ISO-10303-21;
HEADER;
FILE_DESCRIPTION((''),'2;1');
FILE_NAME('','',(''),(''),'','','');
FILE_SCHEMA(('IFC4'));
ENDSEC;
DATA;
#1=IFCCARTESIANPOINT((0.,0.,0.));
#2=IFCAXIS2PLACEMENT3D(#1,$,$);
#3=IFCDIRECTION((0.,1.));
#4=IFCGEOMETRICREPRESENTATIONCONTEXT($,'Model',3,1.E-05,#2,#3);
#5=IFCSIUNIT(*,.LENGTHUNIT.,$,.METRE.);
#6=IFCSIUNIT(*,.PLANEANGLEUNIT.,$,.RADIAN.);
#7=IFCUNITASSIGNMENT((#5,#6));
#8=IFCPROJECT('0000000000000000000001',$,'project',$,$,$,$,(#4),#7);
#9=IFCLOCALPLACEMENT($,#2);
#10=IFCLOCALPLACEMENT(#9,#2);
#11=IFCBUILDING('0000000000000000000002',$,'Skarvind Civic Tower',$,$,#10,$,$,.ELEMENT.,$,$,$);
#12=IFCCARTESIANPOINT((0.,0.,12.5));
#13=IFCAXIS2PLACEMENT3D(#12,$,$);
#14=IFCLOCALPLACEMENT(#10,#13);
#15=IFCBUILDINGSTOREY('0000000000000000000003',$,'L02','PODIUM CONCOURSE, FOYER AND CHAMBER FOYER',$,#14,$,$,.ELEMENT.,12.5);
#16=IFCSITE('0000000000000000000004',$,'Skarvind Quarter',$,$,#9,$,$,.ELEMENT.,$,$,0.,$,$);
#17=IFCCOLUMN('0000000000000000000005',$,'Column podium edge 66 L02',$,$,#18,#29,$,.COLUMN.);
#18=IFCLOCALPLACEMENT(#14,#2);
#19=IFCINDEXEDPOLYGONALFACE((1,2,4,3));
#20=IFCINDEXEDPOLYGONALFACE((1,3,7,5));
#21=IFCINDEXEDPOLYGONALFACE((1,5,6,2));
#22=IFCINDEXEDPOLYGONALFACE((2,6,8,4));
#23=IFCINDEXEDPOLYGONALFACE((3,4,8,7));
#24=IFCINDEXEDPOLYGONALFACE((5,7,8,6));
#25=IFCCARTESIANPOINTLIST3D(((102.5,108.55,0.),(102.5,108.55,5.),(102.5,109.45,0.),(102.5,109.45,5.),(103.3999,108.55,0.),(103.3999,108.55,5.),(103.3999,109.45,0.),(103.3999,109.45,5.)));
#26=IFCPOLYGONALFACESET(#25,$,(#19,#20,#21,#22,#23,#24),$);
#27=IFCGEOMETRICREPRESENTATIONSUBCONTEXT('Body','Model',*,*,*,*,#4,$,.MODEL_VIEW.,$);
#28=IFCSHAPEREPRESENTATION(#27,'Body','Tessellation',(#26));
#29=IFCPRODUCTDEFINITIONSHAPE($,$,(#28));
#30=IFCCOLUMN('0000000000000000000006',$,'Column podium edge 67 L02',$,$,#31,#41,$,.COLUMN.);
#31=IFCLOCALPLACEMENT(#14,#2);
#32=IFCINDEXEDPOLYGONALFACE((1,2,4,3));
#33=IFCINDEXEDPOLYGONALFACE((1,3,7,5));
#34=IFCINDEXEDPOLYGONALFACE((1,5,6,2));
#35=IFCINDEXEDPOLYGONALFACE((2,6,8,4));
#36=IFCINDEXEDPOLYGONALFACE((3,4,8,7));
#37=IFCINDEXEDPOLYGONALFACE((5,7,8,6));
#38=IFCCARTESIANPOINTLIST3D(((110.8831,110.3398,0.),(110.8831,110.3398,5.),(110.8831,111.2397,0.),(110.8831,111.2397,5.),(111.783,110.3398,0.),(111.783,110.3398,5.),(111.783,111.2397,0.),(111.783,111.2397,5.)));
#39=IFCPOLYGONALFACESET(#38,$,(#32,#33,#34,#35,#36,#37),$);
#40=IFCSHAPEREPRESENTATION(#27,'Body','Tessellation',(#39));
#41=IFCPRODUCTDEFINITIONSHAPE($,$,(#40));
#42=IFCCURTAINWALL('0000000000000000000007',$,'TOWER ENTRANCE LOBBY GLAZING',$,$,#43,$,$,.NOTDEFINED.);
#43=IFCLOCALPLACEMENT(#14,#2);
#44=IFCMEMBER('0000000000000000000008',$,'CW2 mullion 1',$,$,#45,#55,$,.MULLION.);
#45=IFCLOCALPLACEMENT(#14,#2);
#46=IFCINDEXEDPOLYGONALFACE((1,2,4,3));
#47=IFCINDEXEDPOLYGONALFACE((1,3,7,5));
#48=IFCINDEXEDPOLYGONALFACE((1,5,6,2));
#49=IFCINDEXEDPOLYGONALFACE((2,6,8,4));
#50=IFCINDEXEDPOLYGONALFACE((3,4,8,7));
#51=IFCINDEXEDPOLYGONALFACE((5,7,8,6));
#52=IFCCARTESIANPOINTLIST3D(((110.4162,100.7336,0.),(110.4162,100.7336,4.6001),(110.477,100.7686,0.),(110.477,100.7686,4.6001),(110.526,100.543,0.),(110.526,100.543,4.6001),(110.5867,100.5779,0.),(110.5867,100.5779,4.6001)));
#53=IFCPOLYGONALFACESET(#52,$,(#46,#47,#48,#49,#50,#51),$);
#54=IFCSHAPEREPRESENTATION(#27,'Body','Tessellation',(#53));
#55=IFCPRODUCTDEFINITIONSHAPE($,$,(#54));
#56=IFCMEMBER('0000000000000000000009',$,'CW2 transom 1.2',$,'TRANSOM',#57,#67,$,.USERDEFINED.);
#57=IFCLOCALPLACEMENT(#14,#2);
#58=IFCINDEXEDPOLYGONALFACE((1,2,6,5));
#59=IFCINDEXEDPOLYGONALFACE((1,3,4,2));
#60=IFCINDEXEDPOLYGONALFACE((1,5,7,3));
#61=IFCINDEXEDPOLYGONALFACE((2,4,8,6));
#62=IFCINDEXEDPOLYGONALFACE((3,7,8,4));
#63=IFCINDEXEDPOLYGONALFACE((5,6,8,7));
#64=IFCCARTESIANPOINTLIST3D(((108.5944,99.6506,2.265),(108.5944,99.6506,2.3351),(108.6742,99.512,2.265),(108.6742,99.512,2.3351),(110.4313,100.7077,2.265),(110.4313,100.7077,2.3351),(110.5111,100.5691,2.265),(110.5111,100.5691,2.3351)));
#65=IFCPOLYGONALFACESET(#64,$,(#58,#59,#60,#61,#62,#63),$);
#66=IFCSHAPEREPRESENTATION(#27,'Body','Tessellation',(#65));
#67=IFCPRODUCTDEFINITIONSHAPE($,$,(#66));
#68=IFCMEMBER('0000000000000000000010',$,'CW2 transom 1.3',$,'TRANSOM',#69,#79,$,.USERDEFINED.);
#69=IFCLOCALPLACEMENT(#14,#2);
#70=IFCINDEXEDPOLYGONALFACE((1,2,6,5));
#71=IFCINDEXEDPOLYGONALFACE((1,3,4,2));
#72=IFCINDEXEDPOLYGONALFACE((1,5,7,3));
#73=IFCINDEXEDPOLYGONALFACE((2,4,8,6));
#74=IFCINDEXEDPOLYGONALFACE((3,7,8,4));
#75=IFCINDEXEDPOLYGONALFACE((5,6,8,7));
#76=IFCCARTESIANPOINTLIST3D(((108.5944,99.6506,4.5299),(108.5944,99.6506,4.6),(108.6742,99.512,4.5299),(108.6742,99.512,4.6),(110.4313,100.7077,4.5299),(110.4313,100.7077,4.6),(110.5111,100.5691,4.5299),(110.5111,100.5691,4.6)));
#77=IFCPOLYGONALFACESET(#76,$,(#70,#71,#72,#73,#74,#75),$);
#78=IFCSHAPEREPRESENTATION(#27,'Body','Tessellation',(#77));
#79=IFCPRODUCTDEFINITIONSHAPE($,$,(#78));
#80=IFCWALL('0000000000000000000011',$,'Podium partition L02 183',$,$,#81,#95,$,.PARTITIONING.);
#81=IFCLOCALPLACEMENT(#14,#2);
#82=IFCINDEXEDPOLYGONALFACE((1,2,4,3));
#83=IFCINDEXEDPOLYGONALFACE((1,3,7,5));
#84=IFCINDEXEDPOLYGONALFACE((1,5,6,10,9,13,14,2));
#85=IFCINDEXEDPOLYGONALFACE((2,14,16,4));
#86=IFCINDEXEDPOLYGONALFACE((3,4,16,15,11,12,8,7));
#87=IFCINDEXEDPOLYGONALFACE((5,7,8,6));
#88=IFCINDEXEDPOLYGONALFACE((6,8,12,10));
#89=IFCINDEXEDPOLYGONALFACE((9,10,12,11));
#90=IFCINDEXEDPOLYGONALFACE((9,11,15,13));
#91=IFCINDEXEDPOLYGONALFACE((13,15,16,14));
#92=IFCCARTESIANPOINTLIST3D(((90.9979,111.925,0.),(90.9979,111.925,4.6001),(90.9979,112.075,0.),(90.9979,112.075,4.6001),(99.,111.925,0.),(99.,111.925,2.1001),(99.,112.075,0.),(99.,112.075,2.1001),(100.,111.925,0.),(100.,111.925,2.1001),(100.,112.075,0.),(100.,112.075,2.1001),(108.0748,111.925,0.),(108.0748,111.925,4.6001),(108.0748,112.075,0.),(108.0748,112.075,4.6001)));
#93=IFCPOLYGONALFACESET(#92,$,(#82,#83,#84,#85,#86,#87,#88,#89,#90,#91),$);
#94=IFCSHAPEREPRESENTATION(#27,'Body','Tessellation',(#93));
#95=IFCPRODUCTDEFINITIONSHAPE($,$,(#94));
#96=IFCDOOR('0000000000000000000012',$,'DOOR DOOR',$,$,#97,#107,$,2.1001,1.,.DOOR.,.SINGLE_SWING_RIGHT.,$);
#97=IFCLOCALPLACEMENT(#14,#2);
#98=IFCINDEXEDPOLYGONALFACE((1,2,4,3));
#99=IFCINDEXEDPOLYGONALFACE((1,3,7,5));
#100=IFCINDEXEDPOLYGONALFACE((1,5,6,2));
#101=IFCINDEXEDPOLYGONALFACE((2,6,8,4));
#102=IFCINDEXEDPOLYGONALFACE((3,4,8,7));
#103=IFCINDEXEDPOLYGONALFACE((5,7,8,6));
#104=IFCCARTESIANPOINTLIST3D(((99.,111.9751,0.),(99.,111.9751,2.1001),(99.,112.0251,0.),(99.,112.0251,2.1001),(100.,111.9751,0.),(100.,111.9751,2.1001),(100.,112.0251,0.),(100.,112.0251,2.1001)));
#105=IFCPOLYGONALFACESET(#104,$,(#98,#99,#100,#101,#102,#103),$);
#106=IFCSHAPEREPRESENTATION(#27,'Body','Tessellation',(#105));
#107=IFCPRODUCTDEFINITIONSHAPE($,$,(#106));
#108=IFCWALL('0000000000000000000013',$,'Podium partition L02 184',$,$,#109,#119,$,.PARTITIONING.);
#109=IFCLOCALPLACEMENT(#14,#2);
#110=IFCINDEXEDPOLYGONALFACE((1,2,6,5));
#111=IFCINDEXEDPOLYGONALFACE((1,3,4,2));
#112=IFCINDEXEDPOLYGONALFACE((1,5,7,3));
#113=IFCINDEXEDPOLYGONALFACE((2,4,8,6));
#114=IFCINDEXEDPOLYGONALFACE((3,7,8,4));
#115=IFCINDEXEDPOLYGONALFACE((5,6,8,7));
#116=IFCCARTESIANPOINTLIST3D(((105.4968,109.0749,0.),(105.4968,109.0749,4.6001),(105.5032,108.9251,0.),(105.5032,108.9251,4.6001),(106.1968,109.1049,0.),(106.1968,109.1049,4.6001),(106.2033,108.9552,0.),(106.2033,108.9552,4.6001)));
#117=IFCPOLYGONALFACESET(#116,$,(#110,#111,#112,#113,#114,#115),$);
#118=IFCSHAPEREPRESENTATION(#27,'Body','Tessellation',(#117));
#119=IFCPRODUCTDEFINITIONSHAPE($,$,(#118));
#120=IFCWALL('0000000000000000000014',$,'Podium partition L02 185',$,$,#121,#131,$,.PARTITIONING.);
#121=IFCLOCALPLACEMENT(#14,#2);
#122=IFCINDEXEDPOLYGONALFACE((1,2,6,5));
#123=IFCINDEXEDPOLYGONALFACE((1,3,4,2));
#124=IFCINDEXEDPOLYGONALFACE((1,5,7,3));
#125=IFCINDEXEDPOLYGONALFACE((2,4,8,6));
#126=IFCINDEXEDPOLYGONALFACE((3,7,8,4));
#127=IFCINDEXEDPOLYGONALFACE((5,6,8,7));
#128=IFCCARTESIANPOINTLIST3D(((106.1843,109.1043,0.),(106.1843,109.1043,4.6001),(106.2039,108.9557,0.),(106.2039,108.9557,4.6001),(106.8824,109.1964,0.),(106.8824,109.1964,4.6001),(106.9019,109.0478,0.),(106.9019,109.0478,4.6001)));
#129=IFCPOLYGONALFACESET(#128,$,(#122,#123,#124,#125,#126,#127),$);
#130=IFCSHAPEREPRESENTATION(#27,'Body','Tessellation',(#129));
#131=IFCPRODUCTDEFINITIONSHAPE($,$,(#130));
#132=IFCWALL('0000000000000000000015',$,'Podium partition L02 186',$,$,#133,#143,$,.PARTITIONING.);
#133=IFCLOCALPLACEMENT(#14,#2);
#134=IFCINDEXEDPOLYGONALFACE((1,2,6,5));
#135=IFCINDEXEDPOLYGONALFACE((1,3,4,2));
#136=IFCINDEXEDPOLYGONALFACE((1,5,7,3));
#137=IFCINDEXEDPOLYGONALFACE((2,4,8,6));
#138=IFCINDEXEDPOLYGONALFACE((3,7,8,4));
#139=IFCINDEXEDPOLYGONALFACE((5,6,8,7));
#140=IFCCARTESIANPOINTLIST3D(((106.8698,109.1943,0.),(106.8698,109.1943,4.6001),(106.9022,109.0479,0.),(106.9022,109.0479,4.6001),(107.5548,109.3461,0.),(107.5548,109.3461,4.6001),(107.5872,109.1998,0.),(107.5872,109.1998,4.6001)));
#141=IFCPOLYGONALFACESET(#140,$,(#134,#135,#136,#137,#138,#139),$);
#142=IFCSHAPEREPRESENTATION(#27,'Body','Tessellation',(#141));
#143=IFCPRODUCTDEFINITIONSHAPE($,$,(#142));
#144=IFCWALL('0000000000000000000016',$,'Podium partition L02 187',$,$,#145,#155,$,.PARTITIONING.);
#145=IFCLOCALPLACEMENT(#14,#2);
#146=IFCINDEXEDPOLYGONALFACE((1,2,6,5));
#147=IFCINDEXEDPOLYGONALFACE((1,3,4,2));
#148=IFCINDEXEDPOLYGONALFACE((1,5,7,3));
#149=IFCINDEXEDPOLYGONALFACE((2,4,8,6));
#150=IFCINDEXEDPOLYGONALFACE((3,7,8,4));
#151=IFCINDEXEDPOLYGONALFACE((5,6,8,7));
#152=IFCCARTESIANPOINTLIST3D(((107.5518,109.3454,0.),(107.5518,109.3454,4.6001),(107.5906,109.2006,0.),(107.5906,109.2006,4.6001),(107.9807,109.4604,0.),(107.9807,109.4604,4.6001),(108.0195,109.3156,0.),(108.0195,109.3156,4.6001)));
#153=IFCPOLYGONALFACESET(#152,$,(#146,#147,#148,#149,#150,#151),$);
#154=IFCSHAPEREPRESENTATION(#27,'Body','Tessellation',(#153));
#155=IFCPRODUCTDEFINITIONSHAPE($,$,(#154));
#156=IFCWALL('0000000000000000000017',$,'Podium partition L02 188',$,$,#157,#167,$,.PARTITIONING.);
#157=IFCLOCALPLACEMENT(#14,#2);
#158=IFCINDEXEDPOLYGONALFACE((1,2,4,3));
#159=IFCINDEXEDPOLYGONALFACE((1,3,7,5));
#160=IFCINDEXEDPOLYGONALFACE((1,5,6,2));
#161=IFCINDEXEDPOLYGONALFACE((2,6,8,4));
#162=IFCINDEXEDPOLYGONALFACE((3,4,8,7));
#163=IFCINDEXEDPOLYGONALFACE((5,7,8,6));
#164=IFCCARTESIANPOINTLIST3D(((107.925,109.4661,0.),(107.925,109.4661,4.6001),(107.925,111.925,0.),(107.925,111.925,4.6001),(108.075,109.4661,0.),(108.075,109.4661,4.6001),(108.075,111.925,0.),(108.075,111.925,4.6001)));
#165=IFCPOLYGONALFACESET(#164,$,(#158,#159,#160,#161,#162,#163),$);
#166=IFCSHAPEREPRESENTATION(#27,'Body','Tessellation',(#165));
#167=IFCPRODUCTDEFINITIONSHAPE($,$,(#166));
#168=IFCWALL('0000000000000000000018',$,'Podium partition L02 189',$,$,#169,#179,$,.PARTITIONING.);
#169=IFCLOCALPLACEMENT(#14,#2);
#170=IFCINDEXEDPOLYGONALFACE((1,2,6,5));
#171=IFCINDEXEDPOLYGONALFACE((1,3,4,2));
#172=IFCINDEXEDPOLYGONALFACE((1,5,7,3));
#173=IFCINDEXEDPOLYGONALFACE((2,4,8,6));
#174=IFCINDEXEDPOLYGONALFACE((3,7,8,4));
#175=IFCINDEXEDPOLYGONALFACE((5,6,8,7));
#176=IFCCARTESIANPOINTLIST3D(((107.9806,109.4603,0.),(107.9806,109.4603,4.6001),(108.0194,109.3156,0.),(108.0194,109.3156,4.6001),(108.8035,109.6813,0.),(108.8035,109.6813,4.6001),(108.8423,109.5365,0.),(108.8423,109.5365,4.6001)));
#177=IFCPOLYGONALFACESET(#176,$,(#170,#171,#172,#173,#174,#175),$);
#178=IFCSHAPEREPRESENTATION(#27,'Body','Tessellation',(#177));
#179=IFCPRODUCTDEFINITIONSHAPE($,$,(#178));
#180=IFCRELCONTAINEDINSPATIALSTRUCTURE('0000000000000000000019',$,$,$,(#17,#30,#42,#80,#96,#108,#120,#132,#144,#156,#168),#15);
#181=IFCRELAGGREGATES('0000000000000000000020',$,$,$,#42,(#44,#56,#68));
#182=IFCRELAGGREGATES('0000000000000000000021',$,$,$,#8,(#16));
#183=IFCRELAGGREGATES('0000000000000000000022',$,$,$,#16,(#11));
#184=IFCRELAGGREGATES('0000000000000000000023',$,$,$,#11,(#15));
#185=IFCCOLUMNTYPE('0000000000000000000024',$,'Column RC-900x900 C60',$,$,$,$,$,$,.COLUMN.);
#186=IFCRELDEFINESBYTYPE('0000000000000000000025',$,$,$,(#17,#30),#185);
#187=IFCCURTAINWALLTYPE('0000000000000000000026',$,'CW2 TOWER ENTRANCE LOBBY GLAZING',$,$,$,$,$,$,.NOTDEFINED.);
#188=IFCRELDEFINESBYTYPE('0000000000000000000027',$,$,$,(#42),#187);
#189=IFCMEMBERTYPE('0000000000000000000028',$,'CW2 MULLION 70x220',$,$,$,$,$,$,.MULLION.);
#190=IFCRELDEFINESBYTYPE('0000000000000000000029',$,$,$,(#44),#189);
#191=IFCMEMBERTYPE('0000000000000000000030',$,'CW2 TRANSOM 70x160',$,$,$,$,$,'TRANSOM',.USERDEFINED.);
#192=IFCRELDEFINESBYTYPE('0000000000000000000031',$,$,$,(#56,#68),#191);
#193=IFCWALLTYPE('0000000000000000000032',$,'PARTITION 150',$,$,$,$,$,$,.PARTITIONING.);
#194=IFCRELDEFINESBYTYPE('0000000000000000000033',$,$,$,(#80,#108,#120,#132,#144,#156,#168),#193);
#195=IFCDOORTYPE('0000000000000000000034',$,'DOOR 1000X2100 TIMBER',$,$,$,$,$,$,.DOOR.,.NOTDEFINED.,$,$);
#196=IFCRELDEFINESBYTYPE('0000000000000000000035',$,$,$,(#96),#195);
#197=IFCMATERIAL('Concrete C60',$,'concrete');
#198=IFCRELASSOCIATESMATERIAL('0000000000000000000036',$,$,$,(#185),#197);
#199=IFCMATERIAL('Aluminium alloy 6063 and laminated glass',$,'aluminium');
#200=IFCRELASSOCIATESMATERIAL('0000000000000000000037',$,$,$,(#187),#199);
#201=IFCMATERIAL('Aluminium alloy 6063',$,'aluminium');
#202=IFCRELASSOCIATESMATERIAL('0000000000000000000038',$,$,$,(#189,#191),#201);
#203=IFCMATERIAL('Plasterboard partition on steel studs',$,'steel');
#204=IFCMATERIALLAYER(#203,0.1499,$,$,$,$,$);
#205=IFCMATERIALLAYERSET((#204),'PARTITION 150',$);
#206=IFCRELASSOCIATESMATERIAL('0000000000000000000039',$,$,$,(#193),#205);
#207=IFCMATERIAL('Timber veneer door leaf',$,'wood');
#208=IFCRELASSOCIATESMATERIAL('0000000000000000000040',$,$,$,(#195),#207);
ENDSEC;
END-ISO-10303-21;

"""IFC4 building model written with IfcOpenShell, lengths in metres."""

from ifc_helpers import new_model, si_unit, direction, frame, frame_2d, origin, origin_2d, place, context, subcontext, project, spatial, rectangle, extrude, material, layer, layer_set, material_profile, profile_set, type_object, element, fill, aggregate, save


model = new_model("IFC4")

# Units and contexts
model_context = context("Model", 3, precision=1e-05, world=origin(), true_north=direction((0.0, 1.0)))
body_context = subcontext(model_context, "Body", "Model", "MODEL_VIEW")
ifc_project = project(units=[si_unit("LENGTHUNIT", "METRE"), si_unit("PLANEANGLEUNIT", "RADIAN")], contexts=[model_context])

# Site, building, storey
site_placement = place(None, origin())
site = spatial("IfcSite", under=ifc_project, at=site_placement, Name="Skarvind Quarter", CompositionType="ELEMENT", RefElevation=0.0)
building_placement = place(site_placement, origin())
building = spatial("IfcBuilding", under=site, at=building_placement, Name="Skarvind Civic Tower", CompositionType="ELEMENT")
storey_placement = place(building_placement, frame((0.0, 0.0, 12.5)))
storey = spatial("IfcBuildingStorey", under=building, at=storey_placement, Name="L02", Description="PODIUM CONCOURSE, FOYER AND CHAMBER FOYER", CompositionType="ELEMENT", Elevation=12.5)

# Columns
ifc_material_1 = material(Name="Concrete C60", Category="concrete")
ifc_material_profile_1 = material_profile(ifc_material_1, rectangle(XDim=0.8999, YDim=0.8999, at=origin_2d()), Name="RC-900x900")
ifc_profile_set_1 = profile_set([ifc_material_profile_1], Name="Concrete C60")
column_type = type_object("IfcColumnType", Name="Column RC-900x900 C60", PredefinedType="COLUMN", material=ifc_profile_set_1)
for number, where, z_axis, x_axis, name in (
    (1, (102.95, 109.0, 0.0), (0.0, 0.0, 1.0), (1.0, 0.0, 0.0), "Column podium edge 66 L02"),
    (2, (111.333, 110.7898, 0.0), (0.0, 0.0, 1.0), (1.0, 0.0, 0.0), "Column podium edge 67 L02"),
):
    element("IfcColumn", number, at=place(storey_placement, frame(where, z_axis=z_axis, x_axis=x_axis)), inside=storey, type_object=column_type, Name=name, PredefinedType="COLUMN", context=body_context, shape_type="SweptSolid", body=[
        extrude(rectangle(XDim=0.8999, YDim=0.8999, at=origin_2d()), origin(), (0.0, 0.0, 1.0), 5.0),
    ])

# Curtain wall, members
ifc_material_2 = material(Name="Aluminium alloy 6063 and laminated glass", Category="aluminium")
curtain_wall_type = type_object("IfcCurtainWallType", Name="CW2 TOWER ENTRANCE LOBBY GLAZING", PredefinedType="NOTDEFINED", material=ifc_material_2)
curtain_wall_placement = place(storey_placement, origin())
curtain_wall = element("IfcCurtainWall", 3, at=curtain_wall_placement, inside=storey, type_object=curtain_wall_type, Name="TOWER ENTRANCE LOBBY GLAZING", PredefinedType="NOTDEFINED")
ifc_material_3 = material(Name="Aluminium alloy 6063", Category="aluminium")
ifc_material_profile_2 = material_profile(ifc_material_3, rectangle(XDim=0.22, YDim=0.0701, at=origin_2d()), Name="AL 70x220")
ifc_profile_set_2 = profile_set([ifc_material_profile_2], Name="Aluminium alloy 6063")
member_type_1 = type_object("IfcMemberType", Name="CW2 MULLION 70x220", PredefinedType="MULLION", material=ifc_profile_set_2)
member_1_placement = place(storey_placement, frame((110.5015, 100.6558, 0.0), z_axis=(0.0, 0.0, 1.0), x_axis=(0.498825, -0.866702, 0.0)))
member_1 = element("IfcMember", 4, at=member_1_placement, type_object=member_type_1, Name="CW2 mullion 1", PredefinedType="MULLION", context=body_context, shape_type="SweptSolid", body=[
    extrude(rectangle(XDim=0.22, YDim=0.0701, at=origin_2d()), origin(), (0.0, 0.0, 1.0), 4.6001),
])
ifc_material_profile_3 = material_profile(ifc_material_3, rectangle(XDim=0.1599, YDim=0.0701, at=origin_2d()), Name="AL 70x160")
ifc_profile_set_3 = profile_set([ifc_material_profile_3], Name="Aluminium alloy 6063")
member_type_2 = type_object("IfcMemberType", Name="CW2 TRANSOM 70x160", ElementType="TRANSOM", PredefinedType="USERDEFINED", material=ifc_profile_set_3)
member_2_placement = place(storey_placement, frame((110.4712, 100.6384, 2.3), z_axis=(-0.866722, -0.498791, 0.0), x_axis=(0.498791, -0.866722, 0.0)))
member_2 = element("IfcMember", 5, at=member_2_placement, type_object=member_type_2, Name="CW2 transom 1.2", ObjectType="TRANSOM", PredefinedType="USERDEFINED", context=body_context, shape_type="SweptSolid", body=[
    extrude(rectangle(XDim=0.1599, YDim=0.0701, at=origin_2d()), origin(), (0.0, 0.0, 1.0), 2.1194),
])
member_3_placement = place(storey_placement, frame((110.4712, 100.6384, 4.5649), z_axis=(-0.866722, -0.498791, 0.0), x_axis=(0.498791, -0.866722, 0.0)))
member_3 = element("IfcMember", 6, at=member_3_placement, type_object=member_type_2, Name="CW2 transom 1.3", ObjectType="TRANSOM", PredefinedType="USERDEFINED", context=body_context, shape_type="SweptSolid", body=[
    extrude(rectangle(XDim=0.1599, YDim=0.0701, at=origin_2d()), origin(), (0.0, 0.0, 1.0), 2.1194),
])
aggregate(curtain_wall, [member_1, member_2, member_3])

# Wall, opening, door
ifc_material_4 = material(Name="Plasterboard partition on steel studs", Category="steel")
ifc_layer = layer(ifc_material_4, 0.1499)
ifc_layer_set = layer_set([ifc_layer], Name="PARTITION 150")
wall_type = type_object("IfcWallType", Name="PARTITION 150", PredefinedType="PARTITIONING", material=ifc_layer_set)
wall_1_placement = place(storey_placement, frame((108.075, 112.0, 0.0), z_axis=(0.0, 0.0, 1.0), x_axis=(-1.0, 0.0, 0.0)))
wall_1 = element("IfcWall", 7, at=wall_1_placement, inside=storey, type_object=wall_type, Name="Podium partition L02 183", PredefinedType="PARTITIONING", context=body_context, shape_type="SweptSolid", body=[
    extrude(rectangle(XDim=17.0769, YDim=0.1499, at=frame_2d((8.5386, 0.0))), origin(), (0.0, 0.0, 1.0), 4.6001),
])
opening_placement = place(wall_1_placement, frame((8.075, 0.0, 0.0)))
opening = element("IfcOpeningElement", 8, at=opening_placement, cuts=wall_1, PredefinedType="OPENING", context=body_context, shape_type="SweptSolid", body=[
    extrude(rectangle(XDim=1.0, YDim=2.1001, at=frame_2d((0.5, 1.05))), frame((0.0, 0.085, 0.0), z_axis=(0.0, -1.0, 0.0), x_axis=(1.0, 0.0, 0.0)), (0.0, 0.0, 1.0), 0.1699),
])
ifc_material_5 = material(Name="Timber veneer door leaf", Category="wood")
door_type = type_object("IfcDoorType", Name="DOOR 1000X2100 TIMBER", OperationType="NOTDEFINED", PredefinedType="DOOR", material=ifc_material_5)
door_placement = place(opening_placement, origin())
door = element("IfcDoor", 9, at=door_placement, inside=storey, type_object=door_type, Name="DOOR DOOR", OperationType="SINGLE_SWING_RIGHT", OverallHeight=2.1001, OverallWidth=1.0, PredefinedType="DOOR", context=body_context, shape_type="SweptSolid", body=[
    extrude(rectangle(XDim=1.0, YDim=2.1001, at=frame_2d((0.5, 1.05))), frame((0.0, 0.0249, 0.0), z_axis=(0.0, -1.0, 0.0), x_axis=(1.0, 0.0, 0.0)), (0.0, 0.0, 1.0), 0.05),
])
fill(opening, door)

# Walls
wall_2_placement = place(storey_placement, frame((105.5, 109.0, 0.0), z_axis=(0.0, 0.0, 1.0), x_axis=(0.999081, 0.042863, 0.0)))
element("IfcWall", 10, at=wall_2_placement, inside=storey, type_object=wall_type, Name="Podium partition L02 184", PredefinedType="PARTITIONING", context=body_context, shape_type="SweptSolid", body=[
    extrude(rectangle(XDim=0.7007, YDim=0.1499, at=frame_2d((0.3503, 0.0))), origin(), (0.0, 0.0, 1.0), 4.6001),
])
wall_3_placement = place(storey_placement, frame((106.1941, 109.03, 0.0), z_axis=(0.0, 0.0, 1.0), x_axis=(0.991418, 0.130733, 0.0)))
element("IfcWall", 11, at=wall_3_placement, inside=storey, type_object=wall_type, Name="Podium partition L02 185", PredefinedType="PARTITIONING", context=body_context, shape_type="SweptSolid", body=[
    extrude(rectangle(XDim=0.7041, YDim=0.1499, at=frame_2d((0.3521, 0.0))), origin(), (0.0, 0.0, 1.0), 4.6001),
])
wall_4_placement = place(storey_placement, frame((106.886, 109.1211, 0.0), z_axis=(0.0, 0.0, 1.0), x_axis=(0.976302, 0.216415, 0.0)))
element("IfcWall", 12, at=wall_4_placement, inside=storey, type_object=wall_type, Name="Podium partition L02 186", PredefinedType="PARTITIONING", context=body_context, shape_type="SweptSolid", body=[
    extrude(rectangle(XDim=0.7017, YDim=0.1499, at=frame_2d((0.3508, 0.0))), origin(), (0.0, 0.0, 1.0), 4.6001),
])
wall_5_placement = place(storey_placement, frame((107.571, 109.2729, 0.0), z_axis=(0.0, 0.0, 1.0), x_axis=(0.965897, 0.258928, 0.0)))
element("IfcWall", 13, at=wall_5_placement, inside=storey, type_object=wall_type, Name="Podium partition L02 187", PredefinedType="PARTITIONING", context=body_context, shape_type="SweptSolid", body=[
    extrude(rectangle(XDim=0.4441, YDim=0.1499, at=frame_2d((0.2222, 0.0))), origin(), (0.0, 0.0, 1.0), 4.6001),
])
wall_6_placement = place(storey_placement, frame((108.0, 109.4661, 0.0), z_axis=(0.0, 0.0, 1.0), x_axis=(0.0, 1.0, 0.0)))
element("IfcWall", 14, at=wall_6_placement, inside=storey, type_object=wall_type, Name="Podium partition L02 188", PredefinedType="PARTITIONING", context=body_context, shape_type="SweptSolid", body=[
    extrude(rectangle(XDim=2.459, YDim=0.1499, at=frame_2d((1.2295, 0.0))), origin(), (0.0, 0.0, 1.0), 4.6001),
])
wall_7_placement = place(storey_placement, frame((108.0, 109.3879, 0.0), z_axis=(0.0, 0.0, 1.0), x_axis=(0.965801, 0.259285, 0.0)))
element("IfcWall", 15, at=wall_7_placement, inside=storey, type_object=wall_type, Name="Podium partition L02 189", PredefinedType="PARTITIONING", context=body_context, shape_type="SweptSolid", body=[
    extrude(rectangle(XDim=0.8521, YDim=0.1499, at=frame_2d((0.426, 0.0))), origin(), (0.0, 0.0, 1.0), 4.6001),
])

save(model, "model.ifc")
